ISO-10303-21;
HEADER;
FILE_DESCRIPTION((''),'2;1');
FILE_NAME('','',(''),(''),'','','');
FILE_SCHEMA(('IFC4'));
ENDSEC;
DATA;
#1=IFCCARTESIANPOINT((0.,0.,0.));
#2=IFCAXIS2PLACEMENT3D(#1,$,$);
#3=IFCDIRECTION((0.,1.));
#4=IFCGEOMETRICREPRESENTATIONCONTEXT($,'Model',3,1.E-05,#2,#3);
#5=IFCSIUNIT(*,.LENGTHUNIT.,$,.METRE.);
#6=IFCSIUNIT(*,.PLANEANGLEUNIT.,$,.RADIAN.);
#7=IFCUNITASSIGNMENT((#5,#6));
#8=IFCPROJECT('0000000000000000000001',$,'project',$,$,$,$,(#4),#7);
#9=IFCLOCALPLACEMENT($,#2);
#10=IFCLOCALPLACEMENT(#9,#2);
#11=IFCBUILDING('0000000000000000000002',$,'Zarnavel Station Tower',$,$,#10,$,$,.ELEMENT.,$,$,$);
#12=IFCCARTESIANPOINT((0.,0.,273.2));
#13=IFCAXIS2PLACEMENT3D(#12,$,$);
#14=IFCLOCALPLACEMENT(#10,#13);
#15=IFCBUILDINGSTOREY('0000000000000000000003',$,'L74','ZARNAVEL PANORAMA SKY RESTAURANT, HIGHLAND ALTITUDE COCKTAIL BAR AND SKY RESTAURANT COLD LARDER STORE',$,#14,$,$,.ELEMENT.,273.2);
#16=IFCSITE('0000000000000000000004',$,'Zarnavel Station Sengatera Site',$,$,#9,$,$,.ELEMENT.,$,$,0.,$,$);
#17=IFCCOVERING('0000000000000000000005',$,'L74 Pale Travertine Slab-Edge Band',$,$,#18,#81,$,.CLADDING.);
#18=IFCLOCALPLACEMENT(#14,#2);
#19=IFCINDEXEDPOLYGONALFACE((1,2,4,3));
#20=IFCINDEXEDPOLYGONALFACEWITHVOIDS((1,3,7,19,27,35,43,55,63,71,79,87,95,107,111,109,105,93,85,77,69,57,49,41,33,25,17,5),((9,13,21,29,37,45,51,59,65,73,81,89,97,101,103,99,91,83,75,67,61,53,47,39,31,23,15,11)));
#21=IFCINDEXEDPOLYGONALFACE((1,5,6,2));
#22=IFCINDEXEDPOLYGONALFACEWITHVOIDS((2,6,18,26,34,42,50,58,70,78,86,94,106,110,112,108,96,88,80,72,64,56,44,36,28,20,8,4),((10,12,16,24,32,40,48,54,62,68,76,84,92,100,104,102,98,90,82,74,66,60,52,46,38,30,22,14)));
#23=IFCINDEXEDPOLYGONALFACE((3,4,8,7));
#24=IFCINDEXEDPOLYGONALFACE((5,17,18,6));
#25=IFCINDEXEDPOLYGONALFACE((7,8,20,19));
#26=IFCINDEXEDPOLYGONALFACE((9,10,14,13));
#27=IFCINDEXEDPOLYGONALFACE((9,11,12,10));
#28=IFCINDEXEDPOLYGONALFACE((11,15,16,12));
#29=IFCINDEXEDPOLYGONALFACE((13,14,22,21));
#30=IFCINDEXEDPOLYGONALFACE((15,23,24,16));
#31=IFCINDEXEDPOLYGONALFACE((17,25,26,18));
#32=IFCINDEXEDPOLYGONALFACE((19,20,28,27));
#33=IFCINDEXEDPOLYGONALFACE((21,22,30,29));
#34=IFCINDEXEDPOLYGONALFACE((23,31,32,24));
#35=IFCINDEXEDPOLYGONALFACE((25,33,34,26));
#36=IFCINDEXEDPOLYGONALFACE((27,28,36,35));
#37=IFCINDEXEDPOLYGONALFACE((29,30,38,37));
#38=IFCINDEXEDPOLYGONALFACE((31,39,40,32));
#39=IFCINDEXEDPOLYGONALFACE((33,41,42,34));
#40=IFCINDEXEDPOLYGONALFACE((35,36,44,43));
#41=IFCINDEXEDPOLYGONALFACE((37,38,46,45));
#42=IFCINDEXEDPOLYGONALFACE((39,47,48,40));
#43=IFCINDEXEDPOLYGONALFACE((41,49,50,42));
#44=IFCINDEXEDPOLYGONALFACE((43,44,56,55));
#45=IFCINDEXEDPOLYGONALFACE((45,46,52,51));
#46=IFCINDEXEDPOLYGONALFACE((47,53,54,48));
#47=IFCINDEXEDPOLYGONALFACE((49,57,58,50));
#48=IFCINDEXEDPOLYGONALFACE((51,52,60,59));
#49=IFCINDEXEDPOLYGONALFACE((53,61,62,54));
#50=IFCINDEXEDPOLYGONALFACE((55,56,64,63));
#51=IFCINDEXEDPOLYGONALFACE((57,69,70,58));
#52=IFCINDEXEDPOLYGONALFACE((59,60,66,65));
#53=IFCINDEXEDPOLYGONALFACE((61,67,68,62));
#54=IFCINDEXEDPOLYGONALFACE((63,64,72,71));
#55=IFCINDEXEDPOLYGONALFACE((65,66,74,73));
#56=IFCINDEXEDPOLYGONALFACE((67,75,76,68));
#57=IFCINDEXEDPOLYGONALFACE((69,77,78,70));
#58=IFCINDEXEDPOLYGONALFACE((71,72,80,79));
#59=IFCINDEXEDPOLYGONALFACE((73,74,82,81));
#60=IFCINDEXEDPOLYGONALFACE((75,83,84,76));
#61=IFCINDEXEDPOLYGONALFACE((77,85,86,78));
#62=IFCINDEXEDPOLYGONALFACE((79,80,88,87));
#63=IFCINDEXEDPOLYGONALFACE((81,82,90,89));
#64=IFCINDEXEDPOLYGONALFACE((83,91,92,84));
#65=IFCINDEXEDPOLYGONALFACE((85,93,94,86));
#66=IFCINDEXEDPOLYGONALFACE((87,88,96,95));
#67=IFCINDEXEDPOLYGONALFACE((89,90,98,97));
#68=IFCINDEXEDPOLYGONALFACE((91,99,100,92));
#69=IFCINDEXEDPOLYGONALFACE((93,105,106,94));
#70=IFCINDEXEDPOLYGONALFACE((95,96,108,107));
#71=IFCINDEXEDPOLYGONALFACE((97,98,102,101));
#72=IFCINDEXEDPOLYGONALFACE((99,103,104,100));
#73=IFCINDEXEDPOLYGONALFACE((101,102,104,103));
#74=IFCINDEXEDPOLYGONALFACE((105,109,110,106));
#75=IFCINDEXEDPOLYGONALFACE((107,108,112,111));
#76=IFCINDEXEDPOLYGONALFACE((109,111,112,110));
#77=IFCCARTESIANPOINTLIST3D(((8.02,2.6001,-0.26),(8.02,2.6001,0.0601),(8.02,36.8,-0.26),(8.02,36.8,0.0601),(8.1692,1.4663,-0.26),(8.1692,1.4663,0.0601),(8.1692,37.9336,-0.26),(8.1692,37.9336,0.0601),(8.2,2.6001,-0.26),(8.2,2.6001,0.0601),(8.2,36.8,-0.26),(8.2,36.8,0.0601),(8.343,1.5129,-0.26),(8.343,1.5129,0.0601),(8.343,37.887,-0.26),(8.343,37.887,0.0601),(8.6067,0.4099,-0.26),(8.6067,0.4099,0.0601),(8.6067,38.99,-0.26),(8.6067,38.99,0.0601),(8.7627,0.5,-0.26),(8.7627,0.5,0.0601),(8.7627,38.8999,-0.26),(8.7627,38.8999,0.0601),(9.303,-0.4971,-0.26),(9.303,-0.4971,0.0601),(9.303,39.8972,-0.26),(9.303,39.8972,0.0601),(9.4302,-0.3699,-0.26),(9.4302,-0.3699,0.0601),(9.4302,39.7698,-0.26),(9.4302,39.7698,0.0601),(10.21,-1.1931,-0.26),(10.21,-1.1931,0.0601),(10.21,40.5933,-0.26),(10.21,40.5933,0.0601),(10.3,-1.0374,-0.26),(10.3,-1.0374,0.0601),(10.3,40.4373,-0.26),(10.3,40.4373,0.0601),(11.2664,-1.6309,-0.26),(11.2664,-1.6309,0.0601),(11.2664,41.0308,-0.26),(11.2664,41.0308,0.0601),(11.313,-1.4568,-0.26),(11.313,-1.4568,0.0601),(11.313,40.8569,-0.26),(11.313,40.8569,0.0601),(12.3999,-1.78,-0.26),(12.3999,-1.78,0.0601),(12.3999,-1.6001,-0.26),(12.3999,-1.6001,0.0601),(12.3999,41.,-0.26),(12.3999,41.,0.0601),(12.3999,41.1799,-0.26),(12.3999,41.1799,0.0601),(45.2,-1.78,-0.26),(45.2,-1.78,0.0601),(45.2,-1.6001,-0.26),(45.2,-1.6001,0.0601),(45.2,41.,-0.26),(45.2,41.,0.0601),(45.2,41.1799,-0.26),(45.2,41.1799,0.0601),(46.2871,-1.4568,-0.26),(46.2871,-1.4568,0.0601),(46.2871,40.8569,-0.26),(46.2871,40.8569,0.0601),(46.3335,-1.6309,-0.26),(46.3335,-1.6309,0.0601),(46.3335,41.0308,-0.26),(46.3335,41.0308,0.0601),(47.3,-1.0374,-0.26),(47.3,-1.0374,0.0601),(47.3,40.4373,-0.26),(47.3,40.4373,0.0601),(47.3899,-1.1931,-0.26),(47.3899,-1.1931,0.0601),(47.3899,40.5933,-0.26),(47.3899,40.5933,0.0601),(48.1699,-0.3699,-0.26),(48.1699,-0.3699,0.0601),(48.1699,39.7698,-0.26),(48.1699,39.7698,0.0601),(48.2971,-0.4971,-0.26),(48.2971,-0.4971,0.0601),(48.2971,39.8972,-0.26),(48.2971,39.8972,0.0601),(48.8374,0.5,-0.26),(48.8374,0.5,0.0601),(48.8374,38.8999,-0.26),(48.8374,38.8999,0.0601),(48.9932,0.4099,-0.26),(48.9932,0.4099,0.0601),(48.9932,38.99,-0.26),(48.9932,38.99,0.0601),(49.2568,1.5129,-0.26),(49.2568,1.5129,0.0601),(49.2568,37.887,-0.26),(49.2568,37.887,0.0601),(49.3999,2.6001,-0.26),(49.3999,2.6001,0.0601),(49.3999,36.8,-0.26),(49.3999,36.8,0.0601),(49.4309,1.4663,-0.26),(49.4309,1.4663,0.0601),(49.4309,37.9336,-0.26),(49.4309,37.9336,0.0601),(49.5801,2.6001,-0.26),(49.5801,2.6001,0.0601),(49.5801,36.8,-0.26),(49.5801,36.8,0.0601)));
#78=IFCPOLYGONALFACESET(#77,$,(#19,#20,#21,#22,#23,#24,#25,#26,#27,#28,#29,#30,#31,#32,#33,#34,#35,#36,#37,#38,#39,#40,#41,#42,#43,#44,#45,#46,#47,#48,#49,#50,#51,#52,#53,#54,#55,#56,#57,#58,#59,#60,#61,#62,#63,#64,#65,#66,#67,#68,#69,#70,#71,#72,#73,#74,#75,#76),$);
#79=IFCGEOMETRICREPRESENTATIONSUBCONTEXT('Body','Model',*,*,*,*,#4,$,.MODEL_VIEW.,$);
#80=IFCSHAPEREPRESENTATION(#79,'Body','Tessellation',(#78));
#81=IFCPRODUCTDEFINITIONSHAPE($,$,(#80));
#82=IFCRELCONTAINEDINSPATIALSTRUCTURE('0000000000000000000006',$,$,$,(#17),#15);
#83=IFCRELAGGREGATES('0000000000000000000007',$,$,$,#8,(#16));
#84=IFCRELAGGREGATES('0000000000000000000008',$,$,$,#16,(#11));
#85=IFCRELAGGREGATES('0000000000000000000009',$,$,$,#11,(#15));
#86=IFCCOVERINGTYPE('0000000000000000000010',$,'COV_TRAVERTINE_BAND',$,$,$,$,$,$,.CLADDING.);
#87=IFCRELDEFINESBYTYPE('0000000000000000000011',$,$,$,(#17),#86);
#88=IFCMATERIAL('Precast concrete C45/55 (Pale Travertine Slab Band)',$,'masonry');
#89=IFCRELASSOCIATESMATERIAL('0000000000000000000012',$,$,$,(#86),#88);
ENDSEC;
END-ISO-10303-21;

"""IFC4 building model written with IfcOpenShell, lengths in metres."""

from ifc_helpers import new_model, si_unit, direction, frame, origin, place, context, subcontext, project, spatial, polyline, outline, extrude, material, type_object, element, save


model = new_model("IFC4")

# Units and contexts
model_context = context("Model", 3, precision=1e-05, world=origin(), true_north=direction((0.0, 1.0)))
body_context = subcontext(model_context, "Body", "Model", "MODEL_VIEW")
ifc_project = project(units=[si_unit("LENGTHUNIT", "METRE"), si_unit("PLANEANGLEUNIT", "RADIAN")], contexts=[model_context])

# Site, building, storey
site_placement = place(None, origin())
site = spatial("IfcSite", under=ifc_project, at=site_placement, Name="Zarnavel Station Sengatera Site", CompositionType="ELEMENT", RefElevation=0.0)
building_placement = place(site_placement, origin())
building = spatial("IfcBuilding", under=site, at=building_placement, Name="Zarnavel Station Tower", CompositionType="ELEMENT")
storey_placement = place(building_placement, frame((0.0, 0.0, 273.2)))
storey = spatial("IfcBuildingStorey", under=building, at=storey_placement, Name="L74", Description="ZARNAVEL PANORAMA SKY RESTAURANT, HIGHLAND ALTITUDE COCKTAIL BAR AND SKY RESTAURANT COLD LARDER STORE", CompositionType="ELEMENT", Elevation=273.2)

# Covering
ifc_material_1 = material(Name="Precast concrete C45/55 (Pale Travertine Slab Band)", Category="masonry")
covering_type_1 = type_object("IfcCoveringType", Name="COV_TRAVERTINE_BAND", PredefinedType="CLADDING", material=ifc_material_1)
covering_1_placement = place(storey_placement, frame((0.0, 0.0, -0.26)))
element("IfcCovering", 1, at=covering_1_placement, inside=storey, type_object=covering_type_1, Name="L74 Pale Travertine Slab-Edge Band", PredefinedType="CLADDING", context=body_context, shape_type="SweptSolid", body=[
    extrude(outline(polyline([(45.2, -1.78), (46.3335, -1.6309), (47.3899, -1.1931), (48.2971, -0.4971), (48.9932, 0.4099), (49.4309, 1.4663), (49.5801, 2.6001), (49.5801, 36.8), (49.4309, 37.9336), (48.9932, 38.99), (48.2971, 39.8972), (47.3899, 40.5933), (46.3335, 41.0308), (45.2, 41.1799), (12.3999, 41.1799), (11.2664, 41.0308), (10.21, 40.5933), (9.303, 39.8972), (8.6067, 38.99), (8.1692, 37.9336), (8.02, 36.8), (8.02, 2.6001), (8.1692, 1.4663), (8.6067, 0.4099), (9.303, -0.4971), (10.21, -1.1931), (11.2664, -1.6309), (12.3999, -1.78), (45.2, -1.78)]), holes=[polyline([(45.2, -1.6001), (46.2871, -1.4568), (47.3, -1.0374), (48.1699, -0.3699), (48.8374, 0.5), (49.2568, 1.5129), (49.3999, 2.6001), (49.3999, 36.8), (49.2568, 37.887), (48.8374, 38.8999), (48.1699, 39.7698), (47.3, 40.4373), (46.2871, 40.8569), (45.2, 41.0), (12.3999, 41.0), (11.313, 40.8569), (10.3, 40.4373), (9.4302, 39.7698), (8.7627, 38.8999), (8.343, 37.887), (8.2, 36.8), (8.2, 2.6001), (8.343, 1.5129), (8.7627, 0.5), (9.4302, -0.3699), (10.3, -1.0374), (11.313, -1.4568), (12.3999, -1.6001), (45.2, -1.6001)])]), origin(), (0.0, 0.0, 1.0), 0.3201),
])

save(model, "model.ifc")
